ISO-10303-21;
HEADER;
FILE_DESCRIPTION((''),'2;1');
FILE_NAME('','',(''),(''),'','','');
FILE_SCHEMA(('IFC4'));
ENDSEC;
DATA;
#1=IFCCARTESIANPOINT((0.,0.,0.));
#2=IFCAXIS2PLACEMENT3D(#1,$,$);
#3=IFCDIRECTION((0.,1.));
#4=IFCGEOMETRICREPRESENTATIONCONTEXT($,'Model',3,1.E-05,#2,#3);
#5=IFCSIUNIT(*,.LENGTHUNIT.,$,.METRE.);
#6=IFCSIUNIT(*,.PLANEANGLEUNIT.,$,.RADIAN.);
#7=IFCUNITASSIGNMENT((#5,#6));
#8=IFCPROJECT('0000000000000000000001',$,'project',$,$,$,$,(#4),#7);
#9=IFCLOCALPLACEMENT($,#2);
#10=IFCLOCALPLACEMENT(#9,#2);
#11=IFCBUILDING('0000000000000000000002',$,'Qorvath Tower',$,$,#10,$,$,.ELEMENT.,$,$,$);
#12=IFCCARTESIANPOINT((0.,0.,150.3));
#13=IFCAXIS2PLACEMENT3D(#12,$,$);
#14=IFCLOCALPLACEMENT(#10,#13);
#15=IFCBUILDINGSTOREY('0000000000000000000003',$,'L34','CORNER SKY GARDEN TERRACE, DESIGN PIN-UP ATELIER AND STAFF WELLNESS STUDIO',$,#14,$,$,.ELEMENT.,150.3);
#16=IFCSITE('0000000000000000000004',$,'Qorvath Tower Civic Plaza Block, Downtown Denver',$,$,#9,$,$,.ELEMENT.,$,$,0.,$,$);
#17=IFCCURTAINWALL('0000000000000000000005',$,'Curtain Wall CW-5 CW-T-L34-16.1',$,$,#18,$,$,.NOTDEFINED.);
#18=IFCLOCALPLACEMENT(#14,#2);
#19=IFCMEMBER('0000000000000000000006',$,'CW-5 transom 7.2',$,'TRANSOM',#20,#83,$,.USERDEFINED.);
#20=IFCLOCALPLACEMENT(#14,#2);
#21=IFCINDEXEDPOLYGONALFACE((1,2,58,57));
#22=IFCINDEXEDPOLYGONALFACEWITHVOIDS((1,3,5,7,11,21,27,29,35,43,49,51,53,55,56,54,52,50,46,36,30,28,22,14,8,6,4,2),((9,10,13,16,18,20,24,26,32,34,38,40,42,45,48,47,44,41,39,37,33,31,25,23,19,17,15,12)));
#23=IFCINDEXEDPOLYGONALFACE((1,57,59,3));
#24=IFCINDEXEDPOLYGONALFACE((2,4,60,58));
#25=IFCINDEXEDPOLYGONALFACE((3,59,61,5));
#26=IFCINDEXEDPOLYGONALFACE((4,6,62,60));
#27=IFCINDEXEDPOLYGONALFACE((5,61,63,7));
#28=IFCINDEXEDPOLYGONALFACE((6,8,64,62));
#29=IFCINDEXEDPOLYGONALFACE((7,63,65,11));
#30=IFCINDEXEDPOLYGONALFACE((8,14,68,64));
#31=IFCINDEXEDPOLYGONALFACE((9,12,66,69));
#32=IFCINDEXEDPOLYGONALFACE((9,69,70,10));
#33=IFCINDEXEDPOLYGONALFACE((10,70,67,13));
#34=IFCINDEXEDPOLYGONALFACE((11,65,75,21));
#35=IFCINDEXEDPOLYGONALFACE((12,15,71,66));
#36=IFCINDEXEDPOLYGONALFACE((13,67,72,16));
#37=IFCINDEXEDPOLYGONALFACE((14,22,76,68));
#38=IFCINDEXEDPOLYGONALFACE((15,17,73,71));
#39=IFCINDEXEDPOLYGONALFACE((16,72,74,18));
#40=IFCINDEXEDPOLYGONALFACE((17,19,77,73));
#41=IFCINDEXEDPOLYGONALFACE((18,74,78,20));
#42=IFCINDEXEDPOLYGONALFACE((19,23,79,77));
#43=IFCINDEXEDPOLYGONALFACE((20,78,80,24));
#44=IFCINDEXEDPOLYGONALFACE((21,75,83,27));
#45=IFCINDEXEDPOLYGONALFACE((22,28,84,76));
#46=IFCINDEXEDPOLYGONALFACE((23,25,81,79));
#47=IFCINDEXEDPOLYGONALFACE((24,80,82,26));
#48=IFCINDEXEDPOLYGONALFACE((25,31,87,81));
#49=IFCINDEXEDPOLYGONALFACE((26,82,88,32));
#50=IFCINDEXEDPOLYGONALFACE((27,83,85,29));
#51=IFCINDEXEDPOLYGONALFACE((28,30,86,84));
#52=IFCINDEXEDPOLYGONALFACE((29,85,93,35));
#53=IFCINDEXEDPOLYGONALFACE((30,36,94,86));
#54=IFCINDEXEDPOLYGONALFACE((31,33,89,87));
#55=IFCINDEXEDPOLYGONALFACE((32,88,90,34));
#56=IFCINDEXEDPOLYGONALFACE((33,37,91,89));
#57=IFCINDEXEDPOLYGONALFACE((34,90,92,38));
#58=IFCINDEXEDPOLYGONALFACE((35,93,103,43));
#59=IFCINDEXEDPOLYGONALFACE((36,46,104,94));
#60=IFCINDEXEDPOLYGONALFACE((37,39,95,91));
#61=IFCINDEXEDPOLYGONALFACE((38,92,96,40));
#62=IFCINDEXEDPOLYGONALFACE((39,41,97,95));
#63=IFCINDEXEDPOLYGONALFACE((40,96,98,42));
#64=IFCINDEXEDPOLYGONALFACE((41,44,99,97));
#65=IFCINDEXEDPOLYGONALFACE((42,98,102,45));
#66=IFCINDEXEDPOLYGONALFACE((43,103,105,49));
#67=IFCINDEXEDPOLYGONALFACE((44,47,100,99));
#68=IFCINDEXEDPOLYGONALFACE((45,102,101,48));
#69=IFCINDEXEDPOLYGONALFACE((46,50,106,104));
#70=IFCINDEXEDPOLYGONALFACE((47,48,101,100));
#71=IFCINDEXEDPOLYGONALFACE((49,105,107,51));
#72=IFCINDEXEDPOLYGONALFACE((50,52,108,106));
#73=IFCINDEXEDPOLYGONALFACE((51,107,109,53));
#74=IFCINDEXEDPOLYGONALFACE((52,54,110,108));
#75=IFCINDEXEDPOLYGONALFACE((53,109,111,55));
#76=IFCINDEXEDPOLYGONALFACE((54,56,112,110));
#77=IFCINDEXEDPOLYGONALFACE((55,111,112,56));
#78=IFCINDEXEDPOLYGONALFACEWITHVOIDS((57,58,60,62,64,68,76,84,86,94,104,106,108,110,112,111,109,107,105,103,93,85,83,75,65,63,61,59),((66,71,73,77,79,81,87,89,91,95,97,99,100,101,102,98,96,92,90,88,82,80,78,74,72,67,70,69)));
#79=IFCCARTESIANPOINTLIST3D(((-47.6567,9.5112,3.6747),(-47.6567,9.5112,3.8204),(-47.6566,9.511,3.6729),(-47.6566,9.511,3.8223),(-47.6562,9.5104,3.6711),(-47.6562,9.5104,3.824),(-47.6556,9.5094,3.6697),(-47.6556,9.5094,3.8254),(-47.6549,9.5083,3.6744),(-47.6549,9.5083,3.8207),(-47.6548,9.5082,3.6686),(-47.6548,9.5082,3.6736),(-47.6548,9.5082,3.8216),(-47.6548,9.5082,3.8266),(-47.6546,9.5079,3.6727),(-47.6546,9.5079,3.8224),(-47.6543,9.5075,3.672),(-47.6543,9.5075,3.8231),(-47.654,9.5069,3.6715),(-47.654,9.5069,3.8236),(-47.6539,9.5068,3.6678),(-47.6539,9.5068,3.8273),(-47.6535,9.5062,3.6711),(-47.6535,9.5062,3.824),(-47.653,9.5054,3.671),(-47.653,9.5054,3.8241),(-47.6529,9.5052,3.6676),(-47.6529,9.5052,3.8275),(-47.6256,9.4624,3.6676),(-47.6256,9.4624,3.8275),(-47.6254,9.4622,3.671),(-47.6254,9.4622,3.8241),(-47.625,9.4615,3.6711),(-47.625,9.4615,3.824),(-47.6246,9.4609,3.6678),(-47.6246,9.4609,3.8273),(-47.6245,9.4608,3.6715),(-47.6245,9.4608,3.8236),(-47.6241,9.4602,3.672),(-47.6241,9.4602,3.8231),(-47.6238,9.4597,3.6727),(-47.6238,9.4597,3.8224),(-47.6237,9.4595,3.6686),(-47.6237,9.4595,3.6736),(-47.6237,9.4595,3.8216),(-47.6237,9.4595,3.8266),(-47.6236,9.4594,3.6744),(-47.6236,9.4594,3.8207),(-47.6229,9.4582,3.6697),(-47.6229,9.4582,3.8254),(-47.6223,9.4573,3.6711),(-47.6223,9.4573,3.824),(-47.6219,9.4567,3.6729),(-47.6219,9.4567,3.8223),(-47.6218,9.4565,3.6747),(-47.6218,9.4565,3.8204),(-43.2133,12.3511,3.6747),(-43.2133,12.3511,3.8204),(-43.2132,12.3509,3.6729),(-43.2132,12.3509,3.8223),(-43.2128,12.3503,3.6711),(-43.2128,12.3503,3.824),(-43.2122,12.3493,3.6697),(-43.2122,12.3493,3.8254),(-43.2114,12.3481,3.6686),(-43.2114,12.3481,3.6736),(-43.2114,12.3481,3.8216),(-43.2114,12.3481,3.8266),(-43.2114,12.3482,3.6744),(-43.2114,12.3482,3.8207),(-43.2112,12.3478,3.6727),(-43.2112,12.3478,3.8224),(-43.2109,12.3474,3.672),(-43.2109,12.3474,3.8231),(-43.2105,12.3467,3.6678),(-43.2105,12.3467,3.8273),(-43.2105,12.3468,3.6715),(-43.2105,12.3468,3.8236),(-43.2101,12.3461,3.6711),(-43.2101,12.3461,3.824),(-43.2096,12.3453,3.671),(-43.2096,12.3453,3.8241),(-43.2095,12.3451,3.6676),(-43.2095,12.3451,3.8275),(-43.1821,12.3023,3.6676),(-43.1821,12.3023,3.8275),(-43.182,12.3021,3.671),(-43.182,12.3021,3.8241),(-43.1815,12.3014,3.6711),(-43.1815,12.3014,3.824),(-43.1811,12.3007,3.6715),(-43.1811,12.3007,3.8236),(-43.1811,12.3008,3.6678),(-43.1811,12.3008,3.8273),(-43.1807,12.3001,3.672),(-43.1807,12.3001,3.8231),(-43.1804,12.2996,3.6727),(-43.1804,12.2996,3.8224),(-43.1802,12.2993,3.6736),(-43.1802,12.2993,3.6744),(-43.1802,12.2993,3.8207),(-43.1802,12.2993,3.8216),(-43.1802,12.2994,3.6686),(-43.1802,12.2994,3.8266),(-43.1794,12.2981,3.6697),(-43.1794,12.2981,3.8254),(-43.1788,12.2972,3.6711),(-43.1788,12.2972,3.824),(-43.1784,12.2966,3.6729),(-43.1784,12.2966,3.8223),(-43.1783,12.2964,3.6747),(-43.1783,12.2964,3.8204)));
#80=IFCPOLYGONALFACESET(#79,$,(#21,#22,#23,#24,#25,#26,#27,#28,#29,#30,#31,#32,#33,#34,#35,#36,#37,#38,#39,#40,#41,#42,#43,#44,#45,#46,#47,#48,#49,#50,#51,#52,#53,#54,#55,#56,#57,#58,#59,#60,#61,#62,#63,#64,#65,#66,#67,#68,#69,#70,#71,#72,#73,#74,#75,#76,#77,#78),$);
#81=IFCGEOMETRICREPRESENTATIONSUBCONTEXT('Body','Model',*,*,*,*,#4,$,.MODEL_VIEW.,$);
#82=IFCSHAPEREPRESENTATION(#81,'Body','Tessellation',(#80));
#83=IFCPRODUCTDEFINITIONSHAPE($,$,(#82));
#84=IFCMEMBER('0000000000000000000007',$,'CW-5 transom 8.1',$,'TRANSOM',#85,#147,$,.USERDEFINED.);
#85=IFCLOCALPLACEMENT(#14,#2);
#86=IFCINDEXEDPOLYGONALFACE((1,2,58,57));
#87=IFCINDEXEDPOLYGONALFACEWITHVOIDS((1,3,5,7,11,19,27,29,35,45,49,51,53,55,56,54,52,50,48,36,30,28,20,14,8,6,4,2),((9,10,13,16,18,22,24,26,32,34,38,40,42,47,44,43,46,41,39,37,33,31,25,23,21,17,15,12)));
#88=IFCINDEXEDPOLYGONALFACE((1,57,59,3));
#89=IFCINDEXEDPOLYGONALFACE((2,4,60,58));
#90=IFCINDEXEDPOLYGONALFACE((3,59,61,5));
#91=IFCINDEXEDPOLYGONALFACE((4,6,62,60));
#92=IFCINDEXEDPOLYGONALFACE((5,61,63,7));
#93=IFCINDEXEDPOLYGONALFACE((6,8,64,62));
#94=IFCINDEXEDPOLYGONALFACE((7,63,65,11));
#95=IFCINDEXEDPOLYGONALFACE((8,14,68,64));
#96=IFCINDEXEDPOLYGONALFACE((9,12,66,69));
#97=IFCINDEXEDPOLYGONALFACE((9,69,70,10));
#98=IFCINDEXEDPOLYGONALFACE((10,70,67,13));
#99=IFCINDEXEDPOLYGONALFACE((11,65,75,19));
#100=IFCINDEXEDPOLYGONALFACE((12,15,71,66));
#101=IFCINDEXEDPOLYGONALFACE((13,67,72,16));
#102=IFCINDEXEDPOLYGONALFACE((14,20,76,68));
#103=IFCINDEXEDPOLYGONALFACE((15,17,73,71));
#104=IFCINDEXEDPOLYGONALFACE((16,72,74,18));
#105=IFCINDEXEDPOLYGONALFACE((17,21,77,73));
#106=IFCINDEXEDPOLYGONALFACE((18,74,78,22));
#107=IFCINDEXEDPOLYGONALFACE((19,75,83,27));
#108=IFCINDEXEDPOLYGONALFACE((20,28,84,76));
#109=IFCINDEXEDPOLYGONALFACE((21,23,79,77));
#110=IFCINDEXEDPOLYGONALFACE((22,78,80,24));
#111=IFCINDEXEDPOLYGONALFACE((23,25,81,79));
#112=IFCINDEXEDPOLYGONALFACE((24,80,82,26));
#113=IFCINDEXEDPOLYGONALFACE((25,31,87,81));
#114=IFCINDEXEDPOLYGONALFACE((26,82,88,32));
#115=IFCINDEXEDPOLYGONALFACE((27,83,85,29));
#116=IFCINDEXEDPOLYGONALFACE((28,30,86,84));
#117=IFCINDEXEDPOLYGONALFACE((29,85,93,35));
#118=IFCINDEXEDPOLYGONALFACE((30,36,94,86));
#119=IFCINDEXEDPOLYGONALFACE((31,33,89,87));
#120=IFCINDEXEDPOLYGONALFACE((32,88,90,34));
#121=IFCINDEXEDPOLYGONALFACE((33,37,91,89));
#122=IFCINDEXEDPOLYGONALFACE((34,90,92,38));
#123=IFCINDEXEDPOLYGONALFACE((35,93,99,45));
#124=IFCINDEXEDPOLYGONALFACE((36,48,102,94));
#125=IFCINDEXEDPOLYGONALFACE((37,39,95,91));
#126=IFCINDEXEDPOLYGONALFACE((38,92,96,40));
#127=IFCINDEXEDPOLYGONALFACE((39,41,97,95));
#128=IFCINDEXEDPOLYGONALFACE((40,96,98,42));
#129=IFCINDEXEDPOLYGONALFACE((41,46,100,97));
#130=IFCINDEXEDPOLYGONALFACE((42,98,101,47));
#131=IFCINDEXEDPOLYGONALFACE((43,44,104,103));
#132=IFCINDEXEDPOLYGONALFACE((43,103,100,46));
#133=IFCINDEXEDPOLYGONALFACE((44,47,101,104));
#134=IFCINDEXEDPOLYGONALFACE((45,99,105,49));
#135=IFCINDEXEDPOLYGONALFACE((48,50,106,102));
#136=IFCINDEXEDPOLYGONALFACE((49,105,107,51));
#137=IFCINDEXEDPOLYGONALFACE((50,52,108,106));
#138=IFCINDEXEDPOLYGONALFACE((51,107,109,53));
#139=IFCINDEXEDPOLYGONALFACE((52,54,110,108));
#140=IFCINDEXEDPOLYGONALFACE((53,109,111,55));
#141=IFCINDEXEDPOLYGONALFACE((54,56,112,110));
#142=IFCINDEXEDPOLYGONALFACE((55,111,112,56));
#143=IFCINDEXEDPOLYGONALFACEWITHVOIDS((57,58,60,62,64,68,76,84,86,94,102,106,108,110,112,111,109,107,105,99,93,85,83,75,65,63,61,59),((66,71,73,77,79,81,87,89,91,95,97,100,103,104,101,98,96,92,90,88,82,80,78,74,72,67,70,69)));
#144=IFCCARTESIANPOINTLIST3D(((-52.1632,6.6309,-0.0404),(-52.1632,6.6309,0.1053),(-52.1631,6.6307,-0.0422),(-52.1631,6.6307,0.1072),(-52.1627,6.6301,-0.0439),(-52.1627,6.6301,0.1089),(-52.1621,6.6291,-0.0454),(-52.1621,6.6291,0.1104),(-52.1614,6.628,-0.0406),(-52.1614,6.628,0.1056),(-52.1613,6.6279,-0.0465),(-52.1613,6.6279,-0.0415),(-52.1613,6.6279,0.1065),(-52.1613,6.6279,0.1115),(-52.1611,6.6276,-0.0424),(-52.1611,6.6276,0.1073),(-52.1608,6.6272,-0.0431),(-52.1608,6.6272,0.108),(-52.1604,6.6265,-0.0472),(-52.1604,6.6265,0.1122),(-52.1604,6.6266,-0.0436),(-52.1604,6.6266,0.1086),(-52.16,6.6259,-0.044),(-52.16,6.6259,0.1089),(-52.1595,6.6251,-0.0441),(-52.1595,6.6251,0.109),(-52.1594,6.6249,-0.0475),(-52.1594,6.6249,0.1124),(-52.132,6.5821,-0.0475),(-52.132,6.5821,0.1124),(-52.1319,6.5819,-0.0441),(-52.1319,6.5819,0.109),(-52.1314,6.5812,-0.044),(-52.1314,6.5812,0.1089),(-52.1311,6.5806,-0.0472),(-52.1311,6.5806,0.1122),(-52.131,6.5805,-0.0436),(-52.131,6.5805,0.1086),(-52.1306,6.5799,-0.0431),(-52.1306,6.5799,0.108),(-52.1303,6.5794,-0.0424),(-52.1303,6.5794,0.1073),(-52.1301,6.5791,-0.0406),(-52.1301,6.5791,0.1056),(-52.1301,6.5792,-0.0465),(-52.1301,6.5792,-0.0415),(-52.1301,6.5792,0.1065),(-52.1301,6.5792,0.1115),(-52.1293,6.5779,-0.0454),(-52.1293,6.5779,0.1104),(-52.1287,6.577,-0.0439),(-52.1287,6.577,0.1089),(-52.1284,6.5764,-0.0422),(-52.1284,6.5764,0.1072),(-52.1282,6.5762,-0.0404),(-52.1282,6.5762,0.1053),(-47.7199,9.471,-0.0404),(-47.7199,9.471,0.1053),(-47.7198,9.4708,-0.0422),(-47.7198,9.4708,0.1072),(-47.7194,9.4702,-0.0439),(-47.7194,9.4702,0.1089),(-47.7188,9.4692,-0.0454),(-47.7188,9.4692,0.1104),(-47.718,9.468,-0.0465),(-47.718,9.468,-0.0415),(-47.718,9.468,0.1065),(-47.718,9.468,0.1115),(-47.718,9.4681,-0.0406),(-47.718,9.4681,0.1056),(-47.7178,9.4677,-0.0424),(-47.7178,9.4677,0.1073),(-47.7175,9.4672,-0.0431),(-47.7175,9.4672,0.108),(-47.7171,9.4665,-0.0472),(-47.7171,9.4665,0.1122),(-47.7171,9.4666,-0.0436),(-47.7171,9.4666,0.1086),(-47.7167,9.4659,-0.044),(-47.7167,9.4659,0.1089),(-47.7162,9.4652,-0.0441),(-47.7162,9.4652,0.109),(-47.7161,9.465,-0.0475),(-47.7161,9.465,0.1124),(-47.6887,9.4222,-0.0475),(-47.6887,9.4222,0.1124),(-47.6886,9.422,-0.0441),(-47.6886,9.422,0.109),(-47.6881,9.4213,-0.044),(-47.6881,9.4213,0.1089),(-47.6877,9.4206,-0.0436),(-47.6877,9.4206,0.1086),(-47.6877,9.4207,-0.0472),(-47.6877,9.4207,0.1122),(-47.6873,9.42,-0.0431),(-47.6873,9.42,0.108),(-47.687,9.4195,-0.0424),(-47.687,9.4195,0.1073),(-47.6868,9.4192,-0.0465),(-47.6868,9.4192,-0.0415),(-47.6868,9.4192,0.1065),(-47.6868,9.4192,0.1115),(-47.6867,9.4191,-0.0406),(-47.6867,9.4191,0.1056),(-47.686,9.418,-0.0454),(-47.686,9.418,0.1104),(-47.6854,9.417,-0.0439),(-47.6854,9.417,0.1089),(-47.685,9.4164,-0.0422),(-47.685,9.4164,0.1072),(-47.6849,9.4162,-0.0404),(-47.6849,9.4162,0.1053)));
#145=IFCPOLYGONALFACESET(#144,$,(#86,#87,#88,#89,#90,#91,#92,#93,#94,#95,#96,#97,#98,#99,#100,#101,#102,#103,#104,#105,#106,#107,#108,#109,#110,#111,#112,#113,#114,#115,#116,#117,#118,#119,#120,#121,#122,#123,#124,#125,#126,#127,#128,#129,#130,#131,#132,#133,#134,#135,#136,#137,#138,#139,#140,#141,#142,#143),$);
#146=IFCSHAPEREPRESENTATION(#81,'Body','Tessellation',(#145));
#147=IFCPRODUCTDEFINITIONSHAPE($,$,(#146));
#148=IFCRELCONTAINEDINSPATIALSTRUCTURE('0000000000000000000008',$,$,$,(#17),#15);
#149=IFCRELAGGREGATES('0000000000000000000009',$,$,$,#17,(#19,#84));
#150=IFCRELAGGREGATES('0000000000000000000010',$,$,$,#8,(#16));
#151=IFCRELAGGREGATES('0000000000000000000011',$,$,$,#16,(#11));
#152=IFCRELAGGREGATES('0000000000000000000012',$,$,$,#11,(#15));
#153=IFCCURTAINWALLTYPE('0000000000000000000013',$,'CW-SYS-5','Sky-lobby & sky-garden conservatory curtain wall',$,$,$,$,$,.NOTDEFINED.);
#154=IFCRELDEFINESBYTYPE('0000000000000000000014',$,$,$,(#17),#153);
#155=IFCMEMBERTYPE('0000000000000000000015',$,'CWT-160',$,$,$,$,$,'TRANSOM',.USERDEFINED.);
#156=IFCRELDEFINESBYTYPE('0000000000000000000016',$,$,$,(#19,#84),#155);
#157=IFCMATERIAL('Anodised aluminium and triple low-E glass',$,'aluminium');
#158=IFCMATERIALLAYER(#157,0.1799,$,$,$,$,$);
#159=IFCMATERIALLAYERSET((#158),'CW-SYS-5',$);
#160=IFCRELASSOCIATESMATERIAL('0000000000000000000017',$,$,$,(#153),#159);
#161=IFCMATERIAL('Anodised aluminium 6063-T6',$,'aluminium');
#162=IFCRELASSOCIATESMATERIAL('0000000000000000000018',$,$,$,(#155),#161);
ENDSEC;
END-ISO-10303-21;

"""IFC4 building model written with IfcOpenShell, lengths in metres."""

from ifc_helpers import new_model, si_unit, direction, frame, origin, origin_2d, place, context, subcontext, project, spatial, hollow_rectangle, extrude, material, layer, layer_set, material_profile, profile_set, type_object, element, aggregate, save


model = new_model("IFC4")

# Units and contexts
model_context = context("Model", 3, precision=1e-05, world=origin(), true_north=direction((0.0, 1.0)))
body_context = subcontext(model_context, "Body", "Model", "MODEL_VIEW")
ifc_project = project(units=[si_unit("LENGTHUNIT", "METRE"), si_unit("PLANEANGLEUNIT", "RADIAN")], contexts=[model_context])

# Site, building, storey
site_placement = place(None, origin())
site = spatial("IfcSite", under=ifc_project, at=site_placement, Name="Qorvath Tower Civic Plaza Block, Downtown Denver", CompositionType="ELEMENT", RefElevation=0.0)
building_placement = place(site_placement, origin())
building = spatial("IfcBuilding", under=site, at=building_placement, Name="Qorvath Tower", CompositionType="ELEMENT")
storey_placement = place(building_placement, frame((0.0, 0.0, 150.3)))
storey = spatial("IfcBuildingStorey", under=building, at=storey_placement, Name="L34", Description="CORNER SKY GARDEN TERRACE, DESIGN PIN-UP ATELIER AND STAFF WELLNESS STUDIO", CompositionType="ELEMENT", Elevation=150.3)

# Curtain wall
ifc_material_1 = material(Name="Anodised aluminium and triple low-E glass", Category="aluminium")
ifc_layer_1 = layer(ifc_material_1, 0.1799)
ifc_layer_set_1 = layer_set([ifc_layer_1], Name="CW-SYS-5")
curtain_wall_type = type_object("IfcCurtainWallType", Name="CW-SYS-5", Description="Sky-lobby & sky-garden conservatory curtain wall", PredefinedType="NOTDEFINED", material=ifc_layer_set_1)
curtain_wall_1_placement = place(storey_placement, origin())
curtain_wall_1 = element("IfcCurtainWall", 1, at=curtain_wall_1_placement, inside=storey, type_object=curtain_wall_type, Name="Curtain Wall CW-5 CW-T-L34-16.1", PredefinedType="NOTDEFINED")

# Members
ifc_material_2 = material(Name="Anodised aluminium 6063-T6", Category="aluminium")
ifc_material_profile_1 = material_profile(ifc_material_2, hollow_rectangle(XDim=0.0649, YDim=0.1599, WallThickness=0.0034, InnerFilletRadius=0.0034, OuterFilletRadius=0.0071, at=origin_2d()), Name="CWT 160x65")
ifc_profile_set_1 = profile_set([ifc_material_profile_1], Name="Anodised aluminium 6063-T6")
member_type_1 = type_object("IfcMemberType", Name="CWT-160", ElementType="TRANSOM", PredefinedType="USERDEFINED", material=ifc_profile_set_1)
member_1_placement = place(storey_placement, frame((-43.1958, 12.3237, 3.7476), z_axis=(-0.842608, -0.538528, 0.0), x_axis=(0.538528, -0.842608, 0.0)))
member_1 = element("IfcMember", 2, at=member_1_placement, type_object=member_type_1, Name="CW-5 transom 7.2", ObjectType="TRANSOM", PredefinedType="USERDEFINED", context=body_context, shape_type="SweptSolid", body=[
    extrude(hollow_rectangle(XDim=0.0649, YDim=0.1599, WallThickness=0.0034, InnerFilletRadius=0.0034, OuterFilletRadius=0.0071, at=origin_2d()), origin(), (0.0, 0.0, 1.0), 5.2734),
])
member_2_placement = place(storey_placement, frame((-47.7024, 9.4436, 0.0325), z_axis=(-0.842587, -0.538561, 0.0), x_axis=(0.538561, -0.842587, 0.0)))
member_2 = element("IfcMember", 3, at=member_2_placement, type_object=member_type_1, Name="CW-5 transom 8.1", ObjectType="TRANSOM", PredefinedType="USERDEFINED", context=body_context, shape_type="SweptSolid", body=[
    extrude(hollow_rectangle(XDim=0.0649, YDim=0.1599, WallThickness=0.0034, InnerFilletRadius=0.0034, OuterFilletRadius=0.0071, at=origin_2d()), origin(), (0.0, 0.0, 1.0), 5.2734),
])

aggregate(curtain_wall_1, [member_1, member_2])

save(model, "model.ifc")
